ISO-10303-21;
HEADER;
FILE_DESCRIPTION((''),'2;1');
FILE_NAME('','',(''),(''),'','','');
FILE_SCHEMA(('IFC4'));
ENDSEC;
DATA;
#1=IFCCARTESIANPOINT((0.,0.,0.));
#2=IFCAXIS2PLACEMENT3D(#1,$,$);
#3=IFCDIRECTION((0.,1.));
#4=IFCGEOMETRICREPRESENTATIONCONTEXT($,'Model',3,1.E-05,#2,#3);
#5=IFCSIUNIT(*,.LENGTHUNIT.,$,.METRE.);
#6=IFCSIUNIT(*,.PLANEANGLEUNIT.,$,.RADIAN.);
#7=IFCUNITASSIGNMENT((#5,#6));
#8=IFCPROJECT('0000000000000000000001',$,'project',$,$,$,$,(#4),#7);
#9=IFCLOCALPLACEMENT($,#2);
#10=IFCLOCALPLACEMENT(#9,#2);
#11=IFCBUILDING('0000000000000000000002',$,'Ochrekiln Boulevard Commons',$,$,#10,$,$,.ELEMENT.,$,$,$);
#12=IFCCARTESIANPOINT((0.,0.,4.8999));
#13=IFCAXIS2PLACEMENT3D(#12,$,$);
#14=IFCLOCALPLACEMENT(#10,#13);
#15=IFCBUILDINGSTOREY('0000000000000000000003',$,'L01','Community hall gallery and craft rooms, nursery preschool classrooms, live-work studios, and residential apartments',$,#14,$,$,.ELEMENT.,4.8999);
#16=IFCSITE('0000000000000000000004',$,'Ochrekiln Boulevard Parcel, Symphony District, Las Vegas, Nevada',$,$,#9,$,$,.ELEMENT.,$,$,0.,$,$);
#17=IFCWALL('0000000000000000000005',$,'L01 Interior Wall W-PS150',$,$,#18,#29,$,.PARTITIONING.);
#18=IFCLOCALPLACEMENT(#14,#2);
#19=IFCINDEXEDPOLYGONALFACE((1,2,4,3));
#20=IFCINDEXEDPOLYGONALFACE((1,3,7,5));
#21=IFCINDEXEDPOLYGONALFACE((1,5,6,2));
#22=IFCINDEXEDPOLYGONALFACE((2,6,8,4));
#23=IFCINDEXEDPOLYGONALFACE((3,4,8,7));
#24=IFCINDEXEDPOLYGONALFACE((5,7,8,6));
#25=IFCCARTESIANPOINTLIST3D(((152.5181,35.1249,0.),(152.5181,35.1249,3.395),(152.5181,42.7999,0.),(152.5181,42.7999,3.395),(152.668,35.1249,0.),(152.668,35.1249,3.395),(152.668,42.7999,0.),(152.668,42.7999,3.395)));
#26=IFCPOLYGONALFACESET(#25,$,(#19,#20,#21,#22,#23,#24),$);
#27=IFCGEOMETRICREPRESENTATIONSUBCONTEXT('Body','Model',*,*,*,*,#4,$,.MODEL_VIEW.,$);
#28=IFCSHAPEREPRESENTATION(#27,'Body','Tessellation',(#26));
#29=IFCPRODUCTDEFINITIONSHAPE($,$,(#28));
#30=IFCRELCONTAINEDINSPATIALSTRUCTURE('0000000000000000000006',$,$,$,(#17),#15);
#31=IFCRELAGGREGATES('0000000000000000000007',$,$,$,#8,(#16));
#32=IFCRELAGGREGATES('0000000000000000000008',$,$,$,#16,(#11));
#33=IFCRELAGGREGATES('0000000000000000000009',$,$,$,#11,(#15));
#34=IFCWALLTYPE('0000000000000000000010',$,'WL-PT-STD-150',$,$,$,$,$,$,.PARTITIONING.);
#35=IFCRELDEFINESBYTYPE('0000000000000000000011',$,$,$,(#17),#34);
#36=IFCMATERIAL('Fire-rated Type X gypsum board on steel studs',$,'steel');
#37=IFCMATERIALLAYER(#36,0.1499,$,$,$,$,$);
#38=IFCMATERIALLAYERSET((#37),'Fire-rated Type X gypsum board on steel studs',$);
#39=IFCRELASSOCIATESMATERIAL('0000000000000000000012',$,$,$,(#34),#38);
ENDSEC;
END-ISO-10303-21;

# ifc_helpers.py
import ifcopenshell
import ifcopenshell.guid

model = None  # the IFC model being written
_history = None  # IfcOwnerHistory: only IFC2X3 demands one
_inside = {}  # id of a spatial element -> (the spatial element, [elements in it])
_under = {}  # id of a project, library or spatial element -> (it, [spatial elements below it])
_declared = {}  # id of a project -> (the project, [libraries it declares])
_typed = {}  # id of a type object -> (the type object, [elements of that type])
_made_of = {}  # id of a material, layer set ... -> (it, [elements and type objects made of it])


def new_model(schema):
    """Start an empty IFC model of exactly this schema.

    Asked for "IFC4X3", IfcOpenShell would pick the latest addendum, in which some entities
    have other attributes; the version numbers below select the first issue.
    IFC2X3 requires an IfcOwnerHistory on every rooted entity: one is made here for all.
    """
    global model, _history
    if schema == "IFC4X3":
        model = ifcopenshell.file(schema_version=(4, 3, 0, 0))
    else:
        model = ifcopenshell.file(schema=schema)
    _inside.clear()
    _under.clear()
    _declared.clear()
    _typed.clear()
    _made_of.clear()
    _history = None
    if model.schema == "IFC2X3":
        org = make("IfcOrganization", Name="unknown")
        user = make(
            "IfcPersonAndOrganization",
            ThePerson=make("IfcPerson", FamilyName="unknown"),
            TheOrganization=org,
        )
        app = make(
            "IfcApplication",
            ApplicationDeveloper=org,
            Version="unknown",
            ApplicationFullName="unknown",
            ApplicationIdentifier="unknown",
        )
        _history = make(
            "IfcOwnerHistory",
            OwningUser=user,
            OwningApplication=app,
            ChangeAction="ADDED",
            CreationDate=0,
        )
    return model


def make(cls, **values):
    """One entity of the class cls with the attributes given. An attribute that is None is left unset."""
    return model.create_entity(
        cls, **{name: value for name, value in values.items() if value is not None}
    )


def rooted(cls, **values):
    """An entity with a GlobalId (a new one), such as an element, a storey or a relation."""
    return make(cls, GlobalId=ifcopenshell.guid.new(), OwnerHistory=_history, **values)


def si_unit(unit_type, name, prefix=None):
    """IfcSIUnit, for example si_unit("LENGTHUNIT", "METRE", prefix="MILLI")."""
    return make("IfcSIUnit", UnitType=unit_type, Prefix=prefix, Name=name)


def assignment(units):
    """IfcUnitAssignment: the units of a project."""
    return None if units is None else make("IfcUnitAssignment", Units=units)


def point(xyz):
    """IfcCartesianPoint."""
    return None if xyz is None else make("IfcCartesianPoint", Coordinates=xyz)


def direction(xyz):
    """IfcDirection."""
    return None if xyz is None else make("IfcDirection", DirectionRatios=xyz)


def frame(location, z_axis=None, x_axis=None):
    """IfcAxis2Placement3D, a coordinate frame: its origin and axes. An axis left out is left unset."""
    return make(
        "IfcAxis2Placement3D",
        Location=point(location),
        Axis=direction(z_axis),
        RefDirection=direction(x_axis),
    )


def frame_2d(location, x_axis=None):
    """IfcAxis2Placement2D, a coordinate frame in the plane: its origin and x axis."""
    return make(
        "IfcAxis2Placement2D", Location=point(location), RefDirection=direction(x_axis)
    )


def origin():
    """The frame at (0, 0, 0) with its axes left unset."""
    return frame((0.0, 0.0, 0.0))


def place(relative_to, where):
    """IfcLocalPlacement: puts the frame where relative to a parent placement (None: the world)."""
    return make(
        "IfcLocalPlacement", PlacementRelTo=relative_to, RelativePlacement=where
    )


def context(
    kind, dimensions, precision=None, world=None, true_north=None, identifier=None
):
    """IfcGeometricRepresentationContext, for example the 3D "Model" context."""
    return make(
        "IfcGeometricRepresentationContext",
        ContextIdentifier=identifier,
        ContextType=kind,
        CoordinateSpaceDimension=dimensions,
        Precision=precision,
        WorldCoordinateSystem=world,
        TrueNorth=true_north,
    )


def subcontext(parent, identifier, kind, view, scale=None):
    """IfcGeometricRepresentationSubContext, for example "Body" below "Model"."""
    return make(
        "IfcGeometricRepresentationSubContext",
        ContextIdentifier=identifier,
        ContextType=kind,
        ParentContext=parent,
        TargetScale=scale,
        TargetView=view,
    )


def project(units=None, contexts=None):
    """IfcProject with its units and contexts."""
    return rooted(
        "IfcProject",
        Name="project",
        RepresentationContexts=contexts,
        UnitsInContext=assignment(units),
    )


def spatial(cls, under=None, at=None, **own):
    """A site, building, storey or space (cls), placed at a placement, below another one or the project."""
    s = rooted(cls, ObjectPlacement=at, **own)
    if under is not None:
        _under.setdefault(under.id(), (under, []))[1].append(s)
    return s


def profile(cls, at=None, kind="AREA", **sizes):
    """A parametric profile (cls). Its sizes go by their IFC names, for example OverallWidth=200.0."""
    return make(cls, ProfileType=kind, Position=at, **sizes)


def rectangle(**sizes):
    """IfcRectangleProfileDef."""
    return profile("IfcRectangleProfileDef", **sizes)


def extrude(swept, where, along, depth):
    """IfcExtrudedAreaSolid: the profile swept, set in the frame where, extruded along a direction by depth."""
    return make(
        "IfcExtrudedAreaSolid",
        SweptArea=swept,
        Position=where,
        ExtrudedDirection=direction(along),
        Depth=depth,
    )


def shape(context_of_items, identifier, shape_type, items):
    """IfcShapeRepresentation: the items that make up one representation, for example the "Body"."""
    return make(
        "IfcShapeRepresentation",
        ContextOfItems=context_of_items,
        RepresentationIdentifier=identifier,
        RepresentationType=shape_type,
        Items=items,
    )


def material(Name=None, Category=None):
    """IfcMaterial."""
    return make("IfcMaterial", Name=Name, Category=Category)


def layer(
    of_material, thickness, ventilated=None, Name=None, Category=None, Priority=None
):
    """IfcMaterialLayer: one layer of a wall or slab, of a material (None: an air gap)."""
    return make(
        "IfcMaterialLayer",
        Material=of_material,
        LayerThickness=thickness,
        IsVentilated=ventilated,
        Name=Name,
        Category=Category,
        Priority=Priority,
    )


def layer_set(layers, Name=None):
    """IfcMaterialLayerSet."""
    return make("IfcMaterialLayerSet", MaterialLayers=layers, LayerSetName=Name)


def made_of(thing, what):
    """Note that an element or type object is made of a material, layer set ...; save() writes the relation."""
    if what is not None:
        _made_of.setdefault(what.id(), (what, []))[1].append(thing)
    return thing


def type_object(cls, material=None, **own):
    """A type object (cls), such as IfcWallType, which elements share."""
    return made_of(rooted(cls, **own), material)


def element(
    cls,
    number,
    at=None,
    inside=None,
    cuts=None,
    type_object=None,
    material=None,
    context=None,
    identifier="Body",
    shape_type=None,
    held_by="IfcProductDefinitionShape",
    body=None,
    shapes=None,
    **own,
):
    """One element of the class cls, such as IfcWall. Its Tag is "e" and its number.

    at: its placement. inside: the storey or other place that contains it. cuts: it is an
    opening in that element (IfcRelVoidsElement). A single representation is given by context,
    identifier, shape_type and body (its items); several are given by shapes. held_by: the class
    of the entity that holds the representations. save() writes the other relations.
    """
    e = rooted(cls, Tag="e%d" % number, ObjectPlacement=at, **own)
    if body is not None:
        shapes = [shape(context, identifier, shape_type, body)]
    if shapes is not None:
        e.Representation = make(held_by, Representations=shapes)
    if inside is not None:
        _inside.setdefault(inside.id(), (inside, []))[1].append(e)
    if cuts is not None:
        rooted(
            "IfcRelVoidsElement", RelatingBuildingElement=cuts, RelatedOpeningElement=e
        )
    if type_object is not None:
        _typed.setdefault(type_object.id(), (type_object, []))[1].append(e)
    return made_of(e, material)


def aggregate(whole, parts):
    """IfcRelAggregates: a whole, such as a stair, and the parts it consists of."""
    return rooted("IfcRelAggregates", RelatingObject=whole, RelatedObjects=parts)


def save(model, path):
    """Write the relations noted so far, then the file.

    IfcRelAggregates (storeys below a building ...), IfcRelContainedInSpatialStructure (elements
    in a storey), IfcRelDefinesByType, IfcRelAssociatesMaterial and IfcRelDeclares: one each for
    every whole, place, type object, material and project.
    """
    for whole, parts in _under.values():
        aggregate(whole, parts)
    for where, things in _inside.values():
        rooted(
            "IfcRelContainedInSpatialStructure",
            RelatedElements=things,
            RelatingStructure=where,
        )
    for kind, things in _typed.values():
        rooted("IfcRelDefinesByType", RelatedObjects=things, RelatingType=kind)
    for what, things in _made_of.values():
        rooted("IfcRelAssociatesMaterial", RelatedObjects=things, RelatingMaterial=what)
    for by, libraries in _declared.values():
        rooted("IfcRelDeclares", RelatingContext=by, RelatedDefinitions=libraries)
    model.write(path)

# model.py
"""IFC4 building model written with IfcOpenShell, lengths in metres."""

from ifc_helpers import new_model, si_unit, direction, frame, frame_2d, origin, place, context, subcontext, project, spatial, rectangle, extrude, material, layer, layer_set, type_object, element, save


model = new_model("IFC4")

# Units and contexts
model_context = context("Model", 3, precision=1e-05, world=origin(), true_north=direction((0.0, 1.0)))
body_context = subcontext(model_context, "Body", "Model", "MODEL_VIEW")
ifc_project = project(units=[si_unit("LENGTHUNIT", "METRE"), si_unit("PLANEANGLEUNIT", "RADIAN")], contexts=[model_context])

# Site, building, storey
site_placement = place(None, origin())
site = spatial("IfcSite", under=ifc_project, at=site_placement, Name="Ochrekiln Boulevard Parcel, Symphony District, Las Vegas, Nevada", CompositionType="ELEMENT", RefElevation=0.0)
building_placement = place(site_placement, origin())
building = spatial("IfcBuilding", under=site, at=building_placement, Name="Ochrekiln Boulevard Commons", CompositionType="ELEMENT")
storey_placement = place(building_placement, frame((0.0, 0.0, 4.8999)))
storey = spatial("IfcBuildingStorey", under=building, at=storey_placement, Name="L01", Description="Community hall gallery and craft rooms, nursery preschool classrooms, live-work studios, and residential apartments", CompositionType="ELEMENT", Elevation=4.8999)

# Shared definitions
ifc_material_1 = material(Name="Fire-rated Type X gypsum board on steel studs", Category="steel")
ifc_layer_1 = layer(ifc_material_1, 0.1499)
ifc_layer_set_1 = layer_set([ifc_layer_1], Name="Fire-rated Type X gypsum board on steel studs")
wall_type_1 = type_object("IfcWallType", Name="WL-PT-STD-150", PredefinedType="PARTITIONING", material=ifc_layer_set_1)

# Wall
wall_1_placement = place(storey_placement, frame((152.593, 35.125, 0.0), z_axis=(0.0, 0.0, 1.0), x_axis=(0.0, 1.0, 0.0)))
element("IfcWall", 1, at=wall_1_placement, inside=storey, type_object=wall_type_1, Name="L01 Interior Wall W-PS150", PredefinedType="PARTITIONING", context=body_context, shape_type="SweptSolid", body=[
    extrude(rectangle(XDim=7.675, YDim=0.1499, at=frame_2d((3.8374, 0.0))), origin(), (0.0, 0.0, 1.0), 3.395),
])

save(model, "model.ifc")
